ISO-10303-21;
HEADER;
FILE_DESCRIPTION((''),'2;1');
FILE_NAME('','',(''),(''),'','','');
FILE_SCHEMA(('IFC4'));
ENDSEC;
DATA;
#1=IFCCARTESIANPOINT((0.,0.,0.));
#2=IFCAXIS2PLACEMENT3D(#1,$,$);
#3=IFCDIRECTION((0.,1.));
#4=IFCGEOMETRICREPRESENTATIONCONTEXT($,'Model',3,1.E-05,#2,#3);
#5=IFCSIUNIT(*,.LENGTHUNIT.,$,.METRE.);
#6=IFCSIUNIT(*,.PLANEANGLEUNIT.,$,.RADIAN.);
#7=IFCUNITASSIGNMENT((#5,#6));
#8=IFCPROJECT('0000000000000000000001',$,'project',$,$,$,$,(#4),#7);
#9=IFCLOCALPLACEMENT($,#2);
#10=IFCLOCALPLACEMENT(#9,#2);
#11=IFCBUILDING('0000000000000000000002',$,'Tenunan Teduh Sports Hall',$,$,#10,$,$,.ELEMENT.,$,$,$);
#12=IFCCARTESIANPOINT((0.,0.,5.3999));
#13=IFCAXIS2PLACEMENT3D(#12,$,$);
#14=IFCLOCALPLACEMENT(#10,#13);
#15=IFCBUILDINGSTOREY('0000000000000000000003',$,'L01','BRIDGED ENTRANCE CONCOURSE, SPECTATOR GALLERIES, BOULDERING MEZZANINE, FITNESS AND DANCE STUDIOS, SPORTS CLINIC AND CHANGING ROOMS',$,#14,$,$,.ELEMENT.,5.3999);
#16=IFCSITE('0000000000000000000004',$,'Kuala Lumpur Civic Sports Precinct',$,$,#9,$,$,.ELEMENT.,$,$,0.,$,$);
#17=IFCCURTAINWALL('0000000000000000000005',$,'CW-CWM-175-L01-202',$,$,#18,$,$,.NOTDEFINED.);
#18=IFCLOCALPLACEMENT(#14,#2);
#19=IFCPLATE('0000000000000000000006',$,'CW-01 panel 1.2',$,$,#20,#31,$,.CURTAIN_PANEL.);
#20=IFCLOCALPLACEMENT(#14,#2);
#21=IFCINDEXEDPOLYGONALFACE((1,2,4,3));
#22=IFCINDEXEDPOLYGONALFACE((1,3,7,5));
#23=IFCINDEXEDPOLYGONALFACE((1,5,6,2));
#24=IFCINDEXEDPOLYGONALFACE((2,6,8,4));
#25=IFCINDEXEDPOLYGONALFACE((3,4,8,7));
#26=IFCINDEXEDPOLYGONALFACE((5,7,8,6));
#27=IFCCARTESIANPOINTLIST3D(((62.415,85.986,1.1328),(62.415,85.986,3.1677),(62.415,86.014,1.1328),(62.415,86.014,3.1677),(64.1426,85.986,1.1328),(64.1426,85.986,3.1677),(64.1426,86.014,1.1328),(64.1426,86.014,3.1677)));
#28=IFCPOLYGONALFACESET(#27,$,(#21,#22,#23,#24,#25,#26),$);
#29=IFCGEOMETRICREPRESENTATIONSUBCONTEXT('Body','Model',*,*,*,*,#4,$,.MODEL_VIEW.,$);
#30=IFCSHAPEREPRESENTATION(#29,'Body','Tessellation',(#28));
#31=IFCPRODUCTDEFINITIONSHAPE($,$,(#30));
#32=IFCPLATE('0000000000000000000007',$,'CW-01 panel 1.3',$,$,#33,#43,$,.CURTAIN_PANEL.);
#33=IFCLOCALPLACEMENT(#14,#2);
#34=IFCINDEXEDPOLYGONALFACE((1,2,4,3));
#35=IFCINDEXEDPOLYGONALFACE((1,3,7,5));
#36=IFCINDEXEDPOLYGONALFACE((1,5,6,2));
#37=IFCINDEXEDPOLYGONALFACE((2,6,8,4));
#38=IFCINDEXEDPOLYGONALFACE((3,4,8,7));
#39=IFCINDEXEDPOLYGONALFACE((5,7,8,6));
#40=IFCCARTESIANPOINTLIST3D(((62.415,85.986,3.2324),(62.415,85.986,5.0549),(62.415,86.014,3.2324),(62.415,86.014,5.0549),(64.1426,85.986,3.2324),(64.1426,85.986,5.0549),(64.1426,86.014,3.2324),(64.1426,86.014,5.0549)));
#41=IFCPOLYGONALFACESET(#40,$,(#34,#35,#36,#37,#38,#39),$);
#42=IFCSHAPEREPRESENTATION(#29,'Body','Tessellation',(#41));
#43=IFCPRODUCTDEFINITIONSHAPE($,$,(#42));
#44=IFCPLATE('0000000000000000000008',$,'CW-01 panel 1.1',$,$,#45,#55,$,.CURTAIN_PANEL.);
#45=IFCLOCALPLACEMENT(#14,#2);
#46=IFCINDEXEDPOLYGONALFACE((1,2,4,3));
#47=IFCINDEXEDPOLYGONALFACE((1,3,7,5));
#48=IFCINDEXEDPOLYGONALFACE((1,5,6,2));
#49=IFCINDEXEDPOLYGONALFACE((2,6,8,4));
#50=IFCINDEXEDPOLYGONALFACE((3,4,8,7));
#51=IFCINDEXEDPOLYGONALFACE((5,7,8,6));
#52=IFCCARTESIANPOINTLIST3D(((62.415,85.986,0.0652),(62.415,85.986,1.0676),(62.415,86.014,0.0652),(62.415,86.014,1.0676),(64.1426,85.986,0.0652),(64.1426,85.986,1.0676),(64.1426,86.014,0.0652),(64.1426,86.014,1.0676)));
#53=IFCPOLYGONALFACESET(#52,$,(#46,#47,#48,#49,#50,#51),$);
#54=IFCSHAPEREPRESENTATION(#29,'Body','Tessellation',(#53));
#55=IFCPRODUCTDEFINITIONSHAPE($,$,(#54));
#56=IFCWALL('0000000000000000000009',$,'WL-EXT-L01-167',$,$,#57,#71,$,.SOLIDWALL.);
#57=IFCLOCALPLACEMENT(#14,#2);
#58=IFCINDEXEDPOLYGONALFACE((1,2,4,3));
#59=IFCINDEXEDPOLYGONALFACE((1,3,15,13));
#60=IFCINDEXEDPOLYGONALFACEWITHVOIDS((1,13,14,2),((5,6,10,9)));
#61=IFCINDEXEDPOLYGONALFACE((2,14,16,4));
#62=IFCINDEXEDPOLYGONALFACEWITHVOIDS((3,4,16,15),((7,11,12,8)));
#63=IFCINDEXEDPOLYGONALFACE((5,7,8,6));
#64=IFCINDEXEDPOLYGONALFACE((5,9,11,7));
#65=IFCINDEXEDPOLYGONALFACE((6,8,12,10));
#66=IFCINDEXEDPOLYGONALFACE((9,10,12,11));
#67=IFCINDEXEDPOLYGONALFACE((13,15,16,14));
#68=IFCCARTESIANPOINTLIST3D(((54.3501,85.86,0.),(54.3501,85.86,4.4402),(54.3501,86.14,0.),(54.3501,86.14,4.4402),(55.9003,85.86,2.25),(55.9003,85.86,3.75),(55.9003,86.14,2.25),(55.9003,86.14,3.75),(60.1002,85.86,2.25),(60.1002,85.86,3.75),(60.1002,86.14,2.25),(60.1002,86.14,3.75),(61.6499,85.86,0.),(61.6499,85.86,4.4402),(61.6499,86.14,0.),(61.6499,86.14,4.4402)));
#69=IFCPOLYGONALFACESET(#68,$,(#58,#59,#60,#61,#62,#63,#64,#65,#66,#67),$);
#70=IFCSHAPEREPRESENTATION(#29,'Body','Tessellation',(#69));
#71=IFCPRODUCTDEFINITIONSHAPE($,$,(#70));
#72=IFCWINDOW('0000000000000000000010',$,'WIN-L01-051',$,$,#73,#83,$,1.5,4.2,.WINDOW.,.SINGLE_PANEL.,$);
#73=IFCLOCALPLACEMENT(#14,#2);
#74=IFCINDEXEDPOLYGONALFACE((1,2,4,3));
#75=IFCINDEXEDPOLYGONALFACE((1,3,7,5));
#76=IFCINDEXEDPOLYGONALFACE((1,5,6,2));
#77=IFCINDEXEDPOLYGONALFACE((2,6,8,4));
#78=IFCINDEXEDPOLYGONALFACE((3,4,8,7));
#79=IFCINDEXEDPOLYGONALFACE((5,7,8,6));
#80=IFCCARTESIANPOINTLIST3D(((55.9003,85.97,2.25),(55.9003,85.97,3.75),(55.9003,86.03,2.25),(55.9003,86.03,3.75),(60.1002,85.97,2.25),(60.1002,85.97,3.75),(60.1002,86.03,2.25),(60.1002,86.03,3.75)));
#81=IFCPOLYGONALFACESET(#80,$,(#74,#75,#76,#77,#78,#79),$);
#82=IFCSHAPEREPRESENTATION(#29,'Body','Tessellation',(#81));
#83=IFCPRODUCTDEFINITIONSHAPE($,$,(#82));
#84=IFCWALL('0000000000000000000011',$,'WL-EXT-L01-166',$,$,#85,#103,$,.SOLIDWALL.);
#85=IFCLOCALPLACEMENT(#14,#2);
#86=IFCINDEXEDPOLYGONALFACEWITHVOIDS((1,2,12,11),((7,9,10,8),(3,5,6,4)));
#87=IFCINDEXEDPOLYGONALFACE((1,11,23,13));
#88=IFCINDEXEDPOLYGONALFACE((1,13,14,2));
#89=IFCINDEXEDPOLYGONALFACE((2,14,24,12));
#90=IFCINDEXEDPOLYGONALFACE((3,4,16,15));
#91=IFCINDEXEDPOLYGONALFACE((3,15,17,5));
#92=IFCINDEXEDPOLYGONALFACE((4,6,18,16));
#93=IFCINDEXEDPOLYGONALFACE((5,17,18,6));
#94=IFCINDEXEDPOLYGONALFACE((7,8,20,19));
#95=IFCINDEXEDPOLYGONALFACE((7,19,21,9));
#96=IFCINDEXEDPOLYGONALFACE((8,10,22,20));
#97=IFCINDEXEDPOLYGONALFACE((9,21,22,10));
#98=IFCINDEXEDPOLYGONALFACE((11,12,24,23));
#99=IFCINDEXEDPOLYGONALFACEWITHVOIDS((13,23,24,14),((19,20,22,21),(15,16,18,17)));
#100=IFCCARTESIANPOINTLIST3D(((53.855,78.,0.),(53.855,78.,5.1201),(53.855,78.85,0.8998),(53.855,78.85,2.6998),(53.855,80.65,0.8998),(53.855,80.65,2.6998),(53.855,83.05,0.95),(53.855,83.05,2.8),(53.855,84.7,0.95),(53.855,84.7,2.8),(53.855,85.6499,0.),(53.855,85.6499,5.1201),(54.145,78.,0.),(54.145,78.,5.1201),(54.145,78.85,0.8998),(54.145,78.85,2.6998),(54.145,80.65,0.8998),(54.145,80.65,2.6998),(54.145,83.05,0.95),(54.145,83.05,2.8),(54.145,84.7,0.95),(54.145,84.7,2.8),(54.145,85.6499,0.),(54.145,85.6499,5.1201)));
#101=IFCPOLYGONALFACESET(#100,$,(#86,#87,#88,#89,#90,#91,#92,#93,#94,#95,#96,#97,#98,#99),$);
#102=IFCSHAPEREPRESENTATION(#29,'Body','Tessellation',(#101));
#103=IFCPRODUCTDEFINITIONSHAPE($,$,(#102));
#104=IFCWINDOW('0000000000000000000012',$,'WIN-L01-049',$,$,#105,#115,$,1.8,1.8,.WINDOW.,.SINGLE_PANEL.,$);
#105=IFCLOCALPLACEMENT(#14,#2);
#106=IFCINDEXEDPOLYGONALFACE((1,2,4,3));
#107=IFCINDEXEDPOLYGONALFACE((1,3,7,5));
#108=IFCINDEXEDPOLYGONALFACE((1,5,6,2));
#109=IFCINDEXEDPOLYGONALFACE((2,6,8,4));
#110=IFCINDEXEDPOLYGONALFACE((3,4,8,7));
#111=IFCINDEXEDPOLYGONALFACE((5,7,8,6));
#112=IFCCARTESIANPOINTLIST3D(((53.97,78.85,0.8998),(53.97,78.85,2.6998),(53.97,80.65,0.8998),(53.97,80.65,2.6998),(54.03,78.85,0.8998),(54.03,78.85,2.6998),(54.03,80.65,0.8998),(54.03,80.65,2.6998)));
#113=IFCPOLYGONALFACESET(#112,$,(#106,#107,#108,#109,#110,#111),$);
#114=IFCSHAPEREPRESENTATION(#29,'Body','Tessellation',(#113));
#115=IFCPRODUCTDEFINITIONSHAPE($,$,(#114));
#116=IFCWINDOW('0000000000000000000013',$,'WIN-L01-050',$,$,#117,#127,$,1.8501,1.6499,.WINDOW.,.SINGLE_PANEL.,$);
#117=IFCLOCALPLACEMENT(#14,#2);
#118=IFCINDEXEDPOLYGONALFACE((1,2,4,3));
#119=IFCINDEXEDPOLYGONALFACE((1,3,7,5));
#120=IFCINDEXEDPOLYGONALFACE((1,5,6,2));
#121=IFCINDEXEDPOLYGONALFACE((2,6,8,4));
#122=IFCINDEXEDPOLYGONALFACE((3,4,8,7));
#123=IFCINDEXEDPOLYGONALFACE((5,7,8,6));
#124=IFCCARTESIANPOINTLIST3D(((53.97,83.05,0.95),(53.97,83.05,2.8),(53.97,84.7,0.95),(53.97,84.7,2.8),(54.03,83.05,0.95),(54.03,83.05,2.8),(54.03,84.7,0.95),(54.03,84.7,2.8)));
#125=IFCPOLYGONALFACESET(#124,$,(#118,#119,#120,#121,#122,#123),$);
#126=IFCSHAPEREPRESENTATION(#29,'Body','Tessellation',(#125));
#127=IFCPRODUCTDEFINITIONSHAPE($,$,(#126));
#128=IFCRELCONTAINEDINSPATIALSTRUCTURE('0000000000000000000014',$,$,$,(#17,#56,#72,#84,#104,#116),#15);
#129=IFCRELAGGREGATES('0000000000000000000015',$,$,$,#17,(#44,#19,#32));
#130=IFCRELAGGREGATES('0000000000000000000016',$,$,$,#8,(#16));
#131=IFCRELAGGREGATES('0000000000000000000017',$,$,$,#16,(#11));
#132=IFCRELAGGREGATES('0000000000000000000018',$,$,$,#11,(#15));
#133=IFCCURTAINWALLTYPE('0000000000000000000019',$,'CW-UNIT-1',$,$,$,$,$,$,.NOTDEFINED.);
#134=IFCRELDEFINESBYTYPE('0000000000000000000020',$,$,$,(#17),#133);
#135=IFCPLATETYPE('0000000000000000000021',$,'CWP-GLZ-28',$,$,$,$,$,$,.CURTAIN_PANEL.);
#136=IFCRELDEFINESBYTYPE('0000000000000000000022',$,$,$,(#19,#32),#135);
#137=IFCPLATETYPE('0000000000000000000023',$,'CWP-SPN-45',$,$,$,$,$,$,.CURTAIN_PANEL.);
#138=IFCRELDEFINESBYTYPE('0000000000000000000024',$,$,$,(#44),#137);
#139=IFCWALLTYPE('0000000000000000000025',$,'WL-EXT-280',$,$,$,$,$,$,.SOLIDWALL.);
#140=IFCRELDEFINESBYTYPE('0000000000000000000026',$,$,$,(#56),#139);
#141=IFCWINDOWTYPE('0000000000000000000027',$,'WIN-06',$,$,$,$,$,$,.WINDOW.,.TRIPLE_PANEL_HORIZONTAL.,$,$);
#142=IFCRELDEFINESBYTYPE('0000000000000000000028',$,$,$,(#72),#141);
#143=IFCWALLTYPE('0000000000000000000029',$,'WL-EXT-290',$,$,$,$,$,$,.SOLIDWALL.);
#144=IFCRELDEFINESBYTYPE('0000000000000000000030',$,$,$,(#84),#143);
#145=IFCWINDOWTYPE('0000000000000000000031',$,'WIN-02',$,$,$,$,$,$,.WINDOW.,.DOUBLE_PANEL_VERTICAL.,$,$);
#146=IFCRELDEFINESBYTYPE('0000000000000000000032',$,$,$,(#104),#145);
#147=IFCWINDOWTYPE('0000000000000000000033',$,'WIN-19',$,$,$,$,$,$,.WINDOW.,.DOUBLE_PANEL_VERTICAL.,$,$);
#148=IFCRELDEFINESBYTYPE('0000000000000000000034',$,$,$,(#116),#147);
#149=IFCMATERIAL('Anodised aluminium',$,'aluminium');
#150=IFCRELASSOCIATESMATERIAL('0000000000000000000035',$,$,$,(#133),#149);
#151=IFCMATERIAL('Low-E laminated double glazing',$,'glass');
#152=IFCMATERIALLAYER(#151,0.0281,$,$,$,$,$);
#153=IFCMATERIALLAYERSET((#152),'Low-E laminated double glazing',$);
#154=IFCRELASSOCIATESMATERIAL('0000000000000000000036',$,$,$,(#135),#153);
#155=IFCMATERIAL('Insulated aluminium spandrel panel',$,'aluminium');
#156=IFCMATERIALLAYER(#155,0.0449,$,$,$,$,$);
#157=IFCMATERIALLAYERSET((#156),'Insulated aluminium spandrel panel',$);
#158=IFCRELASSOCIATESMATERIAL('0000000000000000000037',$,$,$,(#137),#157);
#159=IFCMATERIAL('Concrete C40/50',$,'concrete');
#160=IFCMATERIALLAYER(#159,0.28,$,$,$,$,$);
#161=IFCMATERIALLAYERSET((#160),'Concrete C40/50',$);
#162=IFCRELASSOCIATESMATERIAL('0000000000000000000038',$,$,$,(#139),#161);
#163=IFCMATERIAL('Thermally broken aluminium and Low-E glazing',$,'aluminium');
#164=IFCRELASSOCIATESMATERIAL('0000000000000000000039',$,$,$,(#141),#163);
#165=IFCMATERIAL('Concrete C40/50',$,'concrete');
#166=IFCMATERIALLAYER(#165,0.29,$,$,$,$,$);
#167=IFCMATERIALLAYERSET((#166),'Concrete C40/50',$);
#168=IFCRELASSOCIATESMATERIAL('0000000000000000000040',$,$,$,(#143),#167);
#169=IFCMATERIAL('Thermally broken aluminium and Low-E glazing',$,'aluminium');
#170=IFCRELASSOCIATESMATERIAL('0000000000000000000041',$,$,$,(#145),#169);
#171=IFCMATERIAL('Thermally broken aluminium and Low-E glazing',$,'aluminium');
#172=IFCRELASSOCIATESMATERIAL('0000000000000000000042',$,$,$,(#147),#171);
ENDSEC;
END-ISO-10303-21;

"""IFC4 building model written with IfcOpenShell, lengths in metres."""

from ifc_helpers import new_model, si_unit, direction, frame, frame_2d, origin, origin_2d, place, context, subcontext, project, spatial, rectangle, extrude, material, layer, layer_set, type_object, element, fill, aggregate, save


model = new_model("IFC4")

# Units and contexts
model_context = context("Model", 3, precision=1e-05, world=origin(), true_north=direction((0.0, 1.0)))
body_context = subcontext(model_context, "Body", "Model", "MODEL_VIEW")
ifc_project = project(units=[si_unit("LENGTHUNIT", "METRE"), si_unit("PLANEANGLEUNIT", "RADIAN")], contexts=[model_context])

# Site, building, storey
site_placement = place(None, origin())
site = spatial("IfcSite", under=ifc_project, at=site_placement, Name="Kuala Lumpur Civic Sports Precinct", CompositionType="ELEMENT", RefElevation=0.0)
building_placement = place(site_placement, origin())
building = spatial("IfcBuilding", under=site, at=building_placement, Name="Tenunan Teduh Sports Hall", CompositionType="ELEMENT")
storey_placement = place(building_placement, frame((0.0, 0.0, 5.3999)))
storey = spatial("IfcBuildingStorey", under=building, at=storey_placement, Name="L01", Description="BRIDGED ENTRANCE CONCOURSE, SPECTATOR GALLERIES, BOULDERING MEZZANINE, FITNESS AND DANCE STUDIOS, SPORTS CLINIC AND CHANGING ROOMS", CompositionType="ELEMENT", Elevation=5.3999)

# Curtain wall
ifc_material_1 = material(Name="Anodised aluminium", Category="aluminium")
curtain_wall_type = type_object("IfcCurtainWallType", Name="CW-UNIT-1", PredefinedType="NOTDEFINED", material=ifc_material_1)
curtain_wall_1_placement = place(storey_placement, origin())
curtain_wall_1 = element("IfcCurtainWall", 1, at=curtain_wall_1_placement, inside=storey, type_object=curtain_wall_type, Name="CW-CWM-175-L01-202", PredefinedType="NOTDEFINED")

# Shared definitions
ifc_material_2 = material(Name="Low-E laminated double glazing", Category="glass")
ifc_layer_1 = layer(ifc_material_2, 0.0281)
ifc_layer_set_1 = layer_set([ifc_layer_1], Name="Low-E laminated double glazing")
plate_type_1 = type_object("IfcPlateType", Name="CWP-GLZ-28", PredefinedType="CURTAIN_PANEL", material=ifc_layer_set_1)

# Plates
plate_1_placement = place(storey_placement, frame((63.2788, 86.0, 1.1328), z_axis=(0.0, 0.0, 1.0), x_axis=(1.0, 0.0, 0.0)))
plate_1 = element("IfcPlate", 2, at=plate_1_placement, type_object=plate_type_1, Name="CW-01 panel 1.2", PredefinedType="CURTAIN_PANEL", context=body_context, shape_type="SweptSolid", body=[
    extrude(rectangle(XDim=1.7275, YDim=0.0281, at=origin_2d()), origin(), (0.0, 0.0, 1.0), 2.0349),
])
plate_2_placement = place(storey_placement, frame((63.2788, 86.0, 3.2324), z_axis=(0.0, 0.0, 1.0), x_axis=(1.0, 0.0, 0.0)))
plate_2 = element("IfcPlate", 3, at=plate_2_placement, type_object=plate_type_1, Name="CW-01 panel 1.3", PredefinedType="CURTAIN_PANEL", context=body_context, shape_type="SweptSolid", body=[
    extrude(rectangle(XDim=1.7275, YDim=0.0281, at=origin_2d()), origin(), (0.0, 0.0, 1.0), 1.8225),
])
ifc_material_3 = material(Name="Insulated aluminium spandrel panel", Category="aluminium")
ifc_layer_2 = layer(ifc_material_3, 0.0449)
ifc_layer_set_2 = layer_set([ifc_layer_2], Name="Insulated aluminium spandrel panel")
plate_type_2 = type_object("IfcPlateType", Name="CWP-SPN-45", PredefinedType="CURTAIN_PANEL", material=ifc_layer_set_2)
plate_3_placement = place(storey_placement, frame((63.2788, 86.0, 0.0652), z_axis=(0.0, 0.0, 1.0), x_axis=(1.0, 0.0, 0.0)))
plate_3 = element("IfcPlate", 4, at=plate_3_placement, type_object=plate_type_2, Name="CW-01 panel 1.1", PredefinedType="CURTAIN_PANEL", context=body_context, shape_type="SweptSolid", body=[
    extrude(rectangle(XDim=1.7275, YDim=0.0281, at=origin_2d()), origin(), (0.0, 0.0, 1.0), 1.0024),
])
aggregate(curtain_wall_1, [plate_3, plate_1, plate_2])

# Wall, opening, window
ifc_material_4 = material(Name="Concrete C40/50", Category="concrete")
ifc_layer_3 = layer(ifc_material_4, 0.28)
ifc_layer_set_3 = layer_set([ifc_layer_3], Name="Concrete C40/50")
wall_type_1 = type_object("IfcWallType", Name="WL-EXT-280", PredefinedType="SOLIDWALL", material=ifc_layer_set_3)
wall_1_placement = place(storey_placement, frame((54.3501, 86.0, 0.0), z_axis=(0.0, 0.0, 1.0), x_axis=(1.0, 0.0, 0.0)))
wall_1 = element("IfcWall", 5, at=wall_1_placement, inside=storey, type_object=wall_type_1, Name="WL-EXT-L01-167", PredefinedType="SOLIDWALL", context=body_context, shape_type="SweptSolid", body=[
    extrude(rectangle(XDim=7.2998, YDim=0.28, at=frame_2d((3.6499, 0.0))), origin(), (0.0, 0.0, 1.0), 4.4402),
])
opening_1_placement = place(wall_1_placement, frame((1.55, 0.0, 2.25)))
opening_1 = element("IfcOpeningElement", 6, at=opening_1_placement, cuts=wall_1, PredefinedType="OPENING", context=body_context, shape_type="SweptSolid", body=[
    extrude(rectangle(XDim=4.2, YDim=1.5, at=frame_2d((2.1001, 0.75))), frame((0.0, 0.1499, 0.0), z_axis=(0.0, -1.0, 0.0), x_axis=(1.0, 0.0, 0.0)), (0.0, 0.0, 1.0), 0.3),
])
ifc_material_5 = material(Name="Thermally broken aluminium and Low-E glazing", Category="aluminium")
window_type_1 = type_object("IfcWindowType", Name="WIN-06", PartitioningType="TRIPLE_PANEL_HORIZONTAL", PredefinedType="WINDOW", material=ifc_material_5)
window_1_placement = place(opening_1_placement, origin())
window_1 = element("IfcWindow", 7, at=window_1_placement, inside=storey, type_object=window_type_1, Name="WIN-L01-051", OverallHeight=1.5, OverallWidth=4.2, PartitioningType="SINGLE_PANEL", PredefinedType="WINDOW", context=body_context, shape_type="SweptSolid", body=[
    extrude(rectangle(XDim=4.2, YDim=1.5, at=frame_2d((2.1001, 0.75))), frame((0.0, 0.03, 0.0), z_axis=(0.0, -1.0, 0.0), x_axis=(1.0, 0.0, 0.0)), (0.0, 0.0, 1.0), 0.0601),
])
fill(opening_1, window_1)

# Wall, openings, windows
ifc_material_6 = material(Name="Concrete C40/50", Category="concrete")
ifc_layer_4 = layer(ifc_material_6, 0.29)
ifc_layer_set_4 = layer_set([ifc_layer_4], Name="Concrete C40/50")
wall_type_2 = type_object("IfcWallType", Name="WL-EXT-290", PredefinedType="SOLIDWALL", material=ifc_layer_set_4)
wall_2_placement = place(storey_placement, frame((54.0, 78.0, 0.0), z_axis=(0.0, 0.0, 1.0), x_axis=(0.0, 1.0, 0.0)))
wall_2 = element("IfcWall", 8, at=wall_2_placement, inside=storey, type_object=wall_type_2, Name="WL-EXT-L01-166", PredefinedType="SOLIDWALL", context=body_context, shape_type="SweptSolid", body=[
    extrude(rectangle(XDim=7.6499, YDim=0.29, at=frame_2d((3.825, 0.0))), origin(), (0.0, 0.0, 1.0), 5.1201),
])
opening_2_placement = place(wall_2_placement, frame((0.8501, 0.0, 0.8999)))
opening_2 = element("IfcOpeningElement", 9, at=opening_2_placement, cuts=wall_2, PredefinedType="OPENING", context=body_context, shape_type="SweptSolid", body=[
    extrude(rectangle(XDim=1.8, YDim=1.8, at=frame_2d((0.8999, 0.8999))), frame((0.0, 0.155, 0.0), z_axis=(0.0, -1.0, 0.0), x_axis=(1.0, 0.0, 0.0)), (0.0, 0.0, 1.0), 0.3101),
])
opening_3_placement = place(wall_2_placement, frame((5.05, 0.0, 0.95)))
opening_3 = element("IfcOpeningElement", 10, at=opening_3_placement, cuts=wall_2, PredefinedType="OPENING", context=body_context, shape_type="SweptSolid", body=[
    extrude(rectangle(XDim=1.6499, YDim=1.8501, at=frame_2d((0.825, 0.925))), frame((0.0, 0.155, 0.0), z_axis=(0.0, -1.0, 0.0), x_axis=(1.0, 0.0, 0.0)), (0.0, 0.0, 1.0), 0.3101),
])
ifc_material_7 = material(Name="Thermally broken aluminium and Low-E glazing", Category="aluminium")
window_type_2 = type_object("IfcWindowType", Name="WIN-02", PartitioningType="DOUBLE_PANEL_VERTICAL", PredefinedType="WINDOW", material=ifc_material_7)
window_2_placement = place(opening_2_placement, origin())
window_2 = element("IfcWindow", 11, at=window_2_placement, inside=storey, type_object=window_type_2, Name="WIN-L01-049", OverallHeight=1.8, OverallWidth=1.8, PartitioningType="SINGLE_PANEL", PredefinedType="WINDOW", context=body_context, shape_type="SweptSolid", body=[
    extrude(rectangle(XDim=1.8, YDim=1.8, at=frame_2d((0.8999, 0.8999))), frame((0.0, 0.03, 0.0), z_axis=(0.0, -1.0, 0.0), x_axis=(1.0, 0.0, 0.0)), (0.0, 0.0, 1.0), 0.0601),
])
fill(opening_2, window_2)
ifc_material_8 = material(Name="Thermally broken aluminium and Low-E glazing", Category="aluminium")
window_type_3 = type_object("IfcWindowType", Name="WIN-19", PartitioningType="DOUBLE_PANEL_VERTICAL", PredefinedType="WINDOW", material=ifc_material_8)
window_3_placement = place(opening_3_placement, origin())
window_3 = element("IfcWindow", 12, at=window_3_placement, inside=storey, type_object=window_type_3, Name="WIN-L01-050", OverallHeight=1.8501, OverallWidth=1.6499, PartitioningType="SINGLE_PANEL", PredefinedType="WINDOW", context=body_context, shape_type="SweptSolid", body=[
    extrude(rectangle(XDim=1.6499, YDim=1.8501, at=frame_2d((0.825, 0.925))), frame((0.0, 0.03, 0.0), z_axis=(0.0, -1.0, 0.0), x_axis=(1.0, 0.0, 0.0)), (0.0, 0.0, 1.0), 0.0601),
])
fill(opening_3, window_3)

save(model, "model.ifc")
